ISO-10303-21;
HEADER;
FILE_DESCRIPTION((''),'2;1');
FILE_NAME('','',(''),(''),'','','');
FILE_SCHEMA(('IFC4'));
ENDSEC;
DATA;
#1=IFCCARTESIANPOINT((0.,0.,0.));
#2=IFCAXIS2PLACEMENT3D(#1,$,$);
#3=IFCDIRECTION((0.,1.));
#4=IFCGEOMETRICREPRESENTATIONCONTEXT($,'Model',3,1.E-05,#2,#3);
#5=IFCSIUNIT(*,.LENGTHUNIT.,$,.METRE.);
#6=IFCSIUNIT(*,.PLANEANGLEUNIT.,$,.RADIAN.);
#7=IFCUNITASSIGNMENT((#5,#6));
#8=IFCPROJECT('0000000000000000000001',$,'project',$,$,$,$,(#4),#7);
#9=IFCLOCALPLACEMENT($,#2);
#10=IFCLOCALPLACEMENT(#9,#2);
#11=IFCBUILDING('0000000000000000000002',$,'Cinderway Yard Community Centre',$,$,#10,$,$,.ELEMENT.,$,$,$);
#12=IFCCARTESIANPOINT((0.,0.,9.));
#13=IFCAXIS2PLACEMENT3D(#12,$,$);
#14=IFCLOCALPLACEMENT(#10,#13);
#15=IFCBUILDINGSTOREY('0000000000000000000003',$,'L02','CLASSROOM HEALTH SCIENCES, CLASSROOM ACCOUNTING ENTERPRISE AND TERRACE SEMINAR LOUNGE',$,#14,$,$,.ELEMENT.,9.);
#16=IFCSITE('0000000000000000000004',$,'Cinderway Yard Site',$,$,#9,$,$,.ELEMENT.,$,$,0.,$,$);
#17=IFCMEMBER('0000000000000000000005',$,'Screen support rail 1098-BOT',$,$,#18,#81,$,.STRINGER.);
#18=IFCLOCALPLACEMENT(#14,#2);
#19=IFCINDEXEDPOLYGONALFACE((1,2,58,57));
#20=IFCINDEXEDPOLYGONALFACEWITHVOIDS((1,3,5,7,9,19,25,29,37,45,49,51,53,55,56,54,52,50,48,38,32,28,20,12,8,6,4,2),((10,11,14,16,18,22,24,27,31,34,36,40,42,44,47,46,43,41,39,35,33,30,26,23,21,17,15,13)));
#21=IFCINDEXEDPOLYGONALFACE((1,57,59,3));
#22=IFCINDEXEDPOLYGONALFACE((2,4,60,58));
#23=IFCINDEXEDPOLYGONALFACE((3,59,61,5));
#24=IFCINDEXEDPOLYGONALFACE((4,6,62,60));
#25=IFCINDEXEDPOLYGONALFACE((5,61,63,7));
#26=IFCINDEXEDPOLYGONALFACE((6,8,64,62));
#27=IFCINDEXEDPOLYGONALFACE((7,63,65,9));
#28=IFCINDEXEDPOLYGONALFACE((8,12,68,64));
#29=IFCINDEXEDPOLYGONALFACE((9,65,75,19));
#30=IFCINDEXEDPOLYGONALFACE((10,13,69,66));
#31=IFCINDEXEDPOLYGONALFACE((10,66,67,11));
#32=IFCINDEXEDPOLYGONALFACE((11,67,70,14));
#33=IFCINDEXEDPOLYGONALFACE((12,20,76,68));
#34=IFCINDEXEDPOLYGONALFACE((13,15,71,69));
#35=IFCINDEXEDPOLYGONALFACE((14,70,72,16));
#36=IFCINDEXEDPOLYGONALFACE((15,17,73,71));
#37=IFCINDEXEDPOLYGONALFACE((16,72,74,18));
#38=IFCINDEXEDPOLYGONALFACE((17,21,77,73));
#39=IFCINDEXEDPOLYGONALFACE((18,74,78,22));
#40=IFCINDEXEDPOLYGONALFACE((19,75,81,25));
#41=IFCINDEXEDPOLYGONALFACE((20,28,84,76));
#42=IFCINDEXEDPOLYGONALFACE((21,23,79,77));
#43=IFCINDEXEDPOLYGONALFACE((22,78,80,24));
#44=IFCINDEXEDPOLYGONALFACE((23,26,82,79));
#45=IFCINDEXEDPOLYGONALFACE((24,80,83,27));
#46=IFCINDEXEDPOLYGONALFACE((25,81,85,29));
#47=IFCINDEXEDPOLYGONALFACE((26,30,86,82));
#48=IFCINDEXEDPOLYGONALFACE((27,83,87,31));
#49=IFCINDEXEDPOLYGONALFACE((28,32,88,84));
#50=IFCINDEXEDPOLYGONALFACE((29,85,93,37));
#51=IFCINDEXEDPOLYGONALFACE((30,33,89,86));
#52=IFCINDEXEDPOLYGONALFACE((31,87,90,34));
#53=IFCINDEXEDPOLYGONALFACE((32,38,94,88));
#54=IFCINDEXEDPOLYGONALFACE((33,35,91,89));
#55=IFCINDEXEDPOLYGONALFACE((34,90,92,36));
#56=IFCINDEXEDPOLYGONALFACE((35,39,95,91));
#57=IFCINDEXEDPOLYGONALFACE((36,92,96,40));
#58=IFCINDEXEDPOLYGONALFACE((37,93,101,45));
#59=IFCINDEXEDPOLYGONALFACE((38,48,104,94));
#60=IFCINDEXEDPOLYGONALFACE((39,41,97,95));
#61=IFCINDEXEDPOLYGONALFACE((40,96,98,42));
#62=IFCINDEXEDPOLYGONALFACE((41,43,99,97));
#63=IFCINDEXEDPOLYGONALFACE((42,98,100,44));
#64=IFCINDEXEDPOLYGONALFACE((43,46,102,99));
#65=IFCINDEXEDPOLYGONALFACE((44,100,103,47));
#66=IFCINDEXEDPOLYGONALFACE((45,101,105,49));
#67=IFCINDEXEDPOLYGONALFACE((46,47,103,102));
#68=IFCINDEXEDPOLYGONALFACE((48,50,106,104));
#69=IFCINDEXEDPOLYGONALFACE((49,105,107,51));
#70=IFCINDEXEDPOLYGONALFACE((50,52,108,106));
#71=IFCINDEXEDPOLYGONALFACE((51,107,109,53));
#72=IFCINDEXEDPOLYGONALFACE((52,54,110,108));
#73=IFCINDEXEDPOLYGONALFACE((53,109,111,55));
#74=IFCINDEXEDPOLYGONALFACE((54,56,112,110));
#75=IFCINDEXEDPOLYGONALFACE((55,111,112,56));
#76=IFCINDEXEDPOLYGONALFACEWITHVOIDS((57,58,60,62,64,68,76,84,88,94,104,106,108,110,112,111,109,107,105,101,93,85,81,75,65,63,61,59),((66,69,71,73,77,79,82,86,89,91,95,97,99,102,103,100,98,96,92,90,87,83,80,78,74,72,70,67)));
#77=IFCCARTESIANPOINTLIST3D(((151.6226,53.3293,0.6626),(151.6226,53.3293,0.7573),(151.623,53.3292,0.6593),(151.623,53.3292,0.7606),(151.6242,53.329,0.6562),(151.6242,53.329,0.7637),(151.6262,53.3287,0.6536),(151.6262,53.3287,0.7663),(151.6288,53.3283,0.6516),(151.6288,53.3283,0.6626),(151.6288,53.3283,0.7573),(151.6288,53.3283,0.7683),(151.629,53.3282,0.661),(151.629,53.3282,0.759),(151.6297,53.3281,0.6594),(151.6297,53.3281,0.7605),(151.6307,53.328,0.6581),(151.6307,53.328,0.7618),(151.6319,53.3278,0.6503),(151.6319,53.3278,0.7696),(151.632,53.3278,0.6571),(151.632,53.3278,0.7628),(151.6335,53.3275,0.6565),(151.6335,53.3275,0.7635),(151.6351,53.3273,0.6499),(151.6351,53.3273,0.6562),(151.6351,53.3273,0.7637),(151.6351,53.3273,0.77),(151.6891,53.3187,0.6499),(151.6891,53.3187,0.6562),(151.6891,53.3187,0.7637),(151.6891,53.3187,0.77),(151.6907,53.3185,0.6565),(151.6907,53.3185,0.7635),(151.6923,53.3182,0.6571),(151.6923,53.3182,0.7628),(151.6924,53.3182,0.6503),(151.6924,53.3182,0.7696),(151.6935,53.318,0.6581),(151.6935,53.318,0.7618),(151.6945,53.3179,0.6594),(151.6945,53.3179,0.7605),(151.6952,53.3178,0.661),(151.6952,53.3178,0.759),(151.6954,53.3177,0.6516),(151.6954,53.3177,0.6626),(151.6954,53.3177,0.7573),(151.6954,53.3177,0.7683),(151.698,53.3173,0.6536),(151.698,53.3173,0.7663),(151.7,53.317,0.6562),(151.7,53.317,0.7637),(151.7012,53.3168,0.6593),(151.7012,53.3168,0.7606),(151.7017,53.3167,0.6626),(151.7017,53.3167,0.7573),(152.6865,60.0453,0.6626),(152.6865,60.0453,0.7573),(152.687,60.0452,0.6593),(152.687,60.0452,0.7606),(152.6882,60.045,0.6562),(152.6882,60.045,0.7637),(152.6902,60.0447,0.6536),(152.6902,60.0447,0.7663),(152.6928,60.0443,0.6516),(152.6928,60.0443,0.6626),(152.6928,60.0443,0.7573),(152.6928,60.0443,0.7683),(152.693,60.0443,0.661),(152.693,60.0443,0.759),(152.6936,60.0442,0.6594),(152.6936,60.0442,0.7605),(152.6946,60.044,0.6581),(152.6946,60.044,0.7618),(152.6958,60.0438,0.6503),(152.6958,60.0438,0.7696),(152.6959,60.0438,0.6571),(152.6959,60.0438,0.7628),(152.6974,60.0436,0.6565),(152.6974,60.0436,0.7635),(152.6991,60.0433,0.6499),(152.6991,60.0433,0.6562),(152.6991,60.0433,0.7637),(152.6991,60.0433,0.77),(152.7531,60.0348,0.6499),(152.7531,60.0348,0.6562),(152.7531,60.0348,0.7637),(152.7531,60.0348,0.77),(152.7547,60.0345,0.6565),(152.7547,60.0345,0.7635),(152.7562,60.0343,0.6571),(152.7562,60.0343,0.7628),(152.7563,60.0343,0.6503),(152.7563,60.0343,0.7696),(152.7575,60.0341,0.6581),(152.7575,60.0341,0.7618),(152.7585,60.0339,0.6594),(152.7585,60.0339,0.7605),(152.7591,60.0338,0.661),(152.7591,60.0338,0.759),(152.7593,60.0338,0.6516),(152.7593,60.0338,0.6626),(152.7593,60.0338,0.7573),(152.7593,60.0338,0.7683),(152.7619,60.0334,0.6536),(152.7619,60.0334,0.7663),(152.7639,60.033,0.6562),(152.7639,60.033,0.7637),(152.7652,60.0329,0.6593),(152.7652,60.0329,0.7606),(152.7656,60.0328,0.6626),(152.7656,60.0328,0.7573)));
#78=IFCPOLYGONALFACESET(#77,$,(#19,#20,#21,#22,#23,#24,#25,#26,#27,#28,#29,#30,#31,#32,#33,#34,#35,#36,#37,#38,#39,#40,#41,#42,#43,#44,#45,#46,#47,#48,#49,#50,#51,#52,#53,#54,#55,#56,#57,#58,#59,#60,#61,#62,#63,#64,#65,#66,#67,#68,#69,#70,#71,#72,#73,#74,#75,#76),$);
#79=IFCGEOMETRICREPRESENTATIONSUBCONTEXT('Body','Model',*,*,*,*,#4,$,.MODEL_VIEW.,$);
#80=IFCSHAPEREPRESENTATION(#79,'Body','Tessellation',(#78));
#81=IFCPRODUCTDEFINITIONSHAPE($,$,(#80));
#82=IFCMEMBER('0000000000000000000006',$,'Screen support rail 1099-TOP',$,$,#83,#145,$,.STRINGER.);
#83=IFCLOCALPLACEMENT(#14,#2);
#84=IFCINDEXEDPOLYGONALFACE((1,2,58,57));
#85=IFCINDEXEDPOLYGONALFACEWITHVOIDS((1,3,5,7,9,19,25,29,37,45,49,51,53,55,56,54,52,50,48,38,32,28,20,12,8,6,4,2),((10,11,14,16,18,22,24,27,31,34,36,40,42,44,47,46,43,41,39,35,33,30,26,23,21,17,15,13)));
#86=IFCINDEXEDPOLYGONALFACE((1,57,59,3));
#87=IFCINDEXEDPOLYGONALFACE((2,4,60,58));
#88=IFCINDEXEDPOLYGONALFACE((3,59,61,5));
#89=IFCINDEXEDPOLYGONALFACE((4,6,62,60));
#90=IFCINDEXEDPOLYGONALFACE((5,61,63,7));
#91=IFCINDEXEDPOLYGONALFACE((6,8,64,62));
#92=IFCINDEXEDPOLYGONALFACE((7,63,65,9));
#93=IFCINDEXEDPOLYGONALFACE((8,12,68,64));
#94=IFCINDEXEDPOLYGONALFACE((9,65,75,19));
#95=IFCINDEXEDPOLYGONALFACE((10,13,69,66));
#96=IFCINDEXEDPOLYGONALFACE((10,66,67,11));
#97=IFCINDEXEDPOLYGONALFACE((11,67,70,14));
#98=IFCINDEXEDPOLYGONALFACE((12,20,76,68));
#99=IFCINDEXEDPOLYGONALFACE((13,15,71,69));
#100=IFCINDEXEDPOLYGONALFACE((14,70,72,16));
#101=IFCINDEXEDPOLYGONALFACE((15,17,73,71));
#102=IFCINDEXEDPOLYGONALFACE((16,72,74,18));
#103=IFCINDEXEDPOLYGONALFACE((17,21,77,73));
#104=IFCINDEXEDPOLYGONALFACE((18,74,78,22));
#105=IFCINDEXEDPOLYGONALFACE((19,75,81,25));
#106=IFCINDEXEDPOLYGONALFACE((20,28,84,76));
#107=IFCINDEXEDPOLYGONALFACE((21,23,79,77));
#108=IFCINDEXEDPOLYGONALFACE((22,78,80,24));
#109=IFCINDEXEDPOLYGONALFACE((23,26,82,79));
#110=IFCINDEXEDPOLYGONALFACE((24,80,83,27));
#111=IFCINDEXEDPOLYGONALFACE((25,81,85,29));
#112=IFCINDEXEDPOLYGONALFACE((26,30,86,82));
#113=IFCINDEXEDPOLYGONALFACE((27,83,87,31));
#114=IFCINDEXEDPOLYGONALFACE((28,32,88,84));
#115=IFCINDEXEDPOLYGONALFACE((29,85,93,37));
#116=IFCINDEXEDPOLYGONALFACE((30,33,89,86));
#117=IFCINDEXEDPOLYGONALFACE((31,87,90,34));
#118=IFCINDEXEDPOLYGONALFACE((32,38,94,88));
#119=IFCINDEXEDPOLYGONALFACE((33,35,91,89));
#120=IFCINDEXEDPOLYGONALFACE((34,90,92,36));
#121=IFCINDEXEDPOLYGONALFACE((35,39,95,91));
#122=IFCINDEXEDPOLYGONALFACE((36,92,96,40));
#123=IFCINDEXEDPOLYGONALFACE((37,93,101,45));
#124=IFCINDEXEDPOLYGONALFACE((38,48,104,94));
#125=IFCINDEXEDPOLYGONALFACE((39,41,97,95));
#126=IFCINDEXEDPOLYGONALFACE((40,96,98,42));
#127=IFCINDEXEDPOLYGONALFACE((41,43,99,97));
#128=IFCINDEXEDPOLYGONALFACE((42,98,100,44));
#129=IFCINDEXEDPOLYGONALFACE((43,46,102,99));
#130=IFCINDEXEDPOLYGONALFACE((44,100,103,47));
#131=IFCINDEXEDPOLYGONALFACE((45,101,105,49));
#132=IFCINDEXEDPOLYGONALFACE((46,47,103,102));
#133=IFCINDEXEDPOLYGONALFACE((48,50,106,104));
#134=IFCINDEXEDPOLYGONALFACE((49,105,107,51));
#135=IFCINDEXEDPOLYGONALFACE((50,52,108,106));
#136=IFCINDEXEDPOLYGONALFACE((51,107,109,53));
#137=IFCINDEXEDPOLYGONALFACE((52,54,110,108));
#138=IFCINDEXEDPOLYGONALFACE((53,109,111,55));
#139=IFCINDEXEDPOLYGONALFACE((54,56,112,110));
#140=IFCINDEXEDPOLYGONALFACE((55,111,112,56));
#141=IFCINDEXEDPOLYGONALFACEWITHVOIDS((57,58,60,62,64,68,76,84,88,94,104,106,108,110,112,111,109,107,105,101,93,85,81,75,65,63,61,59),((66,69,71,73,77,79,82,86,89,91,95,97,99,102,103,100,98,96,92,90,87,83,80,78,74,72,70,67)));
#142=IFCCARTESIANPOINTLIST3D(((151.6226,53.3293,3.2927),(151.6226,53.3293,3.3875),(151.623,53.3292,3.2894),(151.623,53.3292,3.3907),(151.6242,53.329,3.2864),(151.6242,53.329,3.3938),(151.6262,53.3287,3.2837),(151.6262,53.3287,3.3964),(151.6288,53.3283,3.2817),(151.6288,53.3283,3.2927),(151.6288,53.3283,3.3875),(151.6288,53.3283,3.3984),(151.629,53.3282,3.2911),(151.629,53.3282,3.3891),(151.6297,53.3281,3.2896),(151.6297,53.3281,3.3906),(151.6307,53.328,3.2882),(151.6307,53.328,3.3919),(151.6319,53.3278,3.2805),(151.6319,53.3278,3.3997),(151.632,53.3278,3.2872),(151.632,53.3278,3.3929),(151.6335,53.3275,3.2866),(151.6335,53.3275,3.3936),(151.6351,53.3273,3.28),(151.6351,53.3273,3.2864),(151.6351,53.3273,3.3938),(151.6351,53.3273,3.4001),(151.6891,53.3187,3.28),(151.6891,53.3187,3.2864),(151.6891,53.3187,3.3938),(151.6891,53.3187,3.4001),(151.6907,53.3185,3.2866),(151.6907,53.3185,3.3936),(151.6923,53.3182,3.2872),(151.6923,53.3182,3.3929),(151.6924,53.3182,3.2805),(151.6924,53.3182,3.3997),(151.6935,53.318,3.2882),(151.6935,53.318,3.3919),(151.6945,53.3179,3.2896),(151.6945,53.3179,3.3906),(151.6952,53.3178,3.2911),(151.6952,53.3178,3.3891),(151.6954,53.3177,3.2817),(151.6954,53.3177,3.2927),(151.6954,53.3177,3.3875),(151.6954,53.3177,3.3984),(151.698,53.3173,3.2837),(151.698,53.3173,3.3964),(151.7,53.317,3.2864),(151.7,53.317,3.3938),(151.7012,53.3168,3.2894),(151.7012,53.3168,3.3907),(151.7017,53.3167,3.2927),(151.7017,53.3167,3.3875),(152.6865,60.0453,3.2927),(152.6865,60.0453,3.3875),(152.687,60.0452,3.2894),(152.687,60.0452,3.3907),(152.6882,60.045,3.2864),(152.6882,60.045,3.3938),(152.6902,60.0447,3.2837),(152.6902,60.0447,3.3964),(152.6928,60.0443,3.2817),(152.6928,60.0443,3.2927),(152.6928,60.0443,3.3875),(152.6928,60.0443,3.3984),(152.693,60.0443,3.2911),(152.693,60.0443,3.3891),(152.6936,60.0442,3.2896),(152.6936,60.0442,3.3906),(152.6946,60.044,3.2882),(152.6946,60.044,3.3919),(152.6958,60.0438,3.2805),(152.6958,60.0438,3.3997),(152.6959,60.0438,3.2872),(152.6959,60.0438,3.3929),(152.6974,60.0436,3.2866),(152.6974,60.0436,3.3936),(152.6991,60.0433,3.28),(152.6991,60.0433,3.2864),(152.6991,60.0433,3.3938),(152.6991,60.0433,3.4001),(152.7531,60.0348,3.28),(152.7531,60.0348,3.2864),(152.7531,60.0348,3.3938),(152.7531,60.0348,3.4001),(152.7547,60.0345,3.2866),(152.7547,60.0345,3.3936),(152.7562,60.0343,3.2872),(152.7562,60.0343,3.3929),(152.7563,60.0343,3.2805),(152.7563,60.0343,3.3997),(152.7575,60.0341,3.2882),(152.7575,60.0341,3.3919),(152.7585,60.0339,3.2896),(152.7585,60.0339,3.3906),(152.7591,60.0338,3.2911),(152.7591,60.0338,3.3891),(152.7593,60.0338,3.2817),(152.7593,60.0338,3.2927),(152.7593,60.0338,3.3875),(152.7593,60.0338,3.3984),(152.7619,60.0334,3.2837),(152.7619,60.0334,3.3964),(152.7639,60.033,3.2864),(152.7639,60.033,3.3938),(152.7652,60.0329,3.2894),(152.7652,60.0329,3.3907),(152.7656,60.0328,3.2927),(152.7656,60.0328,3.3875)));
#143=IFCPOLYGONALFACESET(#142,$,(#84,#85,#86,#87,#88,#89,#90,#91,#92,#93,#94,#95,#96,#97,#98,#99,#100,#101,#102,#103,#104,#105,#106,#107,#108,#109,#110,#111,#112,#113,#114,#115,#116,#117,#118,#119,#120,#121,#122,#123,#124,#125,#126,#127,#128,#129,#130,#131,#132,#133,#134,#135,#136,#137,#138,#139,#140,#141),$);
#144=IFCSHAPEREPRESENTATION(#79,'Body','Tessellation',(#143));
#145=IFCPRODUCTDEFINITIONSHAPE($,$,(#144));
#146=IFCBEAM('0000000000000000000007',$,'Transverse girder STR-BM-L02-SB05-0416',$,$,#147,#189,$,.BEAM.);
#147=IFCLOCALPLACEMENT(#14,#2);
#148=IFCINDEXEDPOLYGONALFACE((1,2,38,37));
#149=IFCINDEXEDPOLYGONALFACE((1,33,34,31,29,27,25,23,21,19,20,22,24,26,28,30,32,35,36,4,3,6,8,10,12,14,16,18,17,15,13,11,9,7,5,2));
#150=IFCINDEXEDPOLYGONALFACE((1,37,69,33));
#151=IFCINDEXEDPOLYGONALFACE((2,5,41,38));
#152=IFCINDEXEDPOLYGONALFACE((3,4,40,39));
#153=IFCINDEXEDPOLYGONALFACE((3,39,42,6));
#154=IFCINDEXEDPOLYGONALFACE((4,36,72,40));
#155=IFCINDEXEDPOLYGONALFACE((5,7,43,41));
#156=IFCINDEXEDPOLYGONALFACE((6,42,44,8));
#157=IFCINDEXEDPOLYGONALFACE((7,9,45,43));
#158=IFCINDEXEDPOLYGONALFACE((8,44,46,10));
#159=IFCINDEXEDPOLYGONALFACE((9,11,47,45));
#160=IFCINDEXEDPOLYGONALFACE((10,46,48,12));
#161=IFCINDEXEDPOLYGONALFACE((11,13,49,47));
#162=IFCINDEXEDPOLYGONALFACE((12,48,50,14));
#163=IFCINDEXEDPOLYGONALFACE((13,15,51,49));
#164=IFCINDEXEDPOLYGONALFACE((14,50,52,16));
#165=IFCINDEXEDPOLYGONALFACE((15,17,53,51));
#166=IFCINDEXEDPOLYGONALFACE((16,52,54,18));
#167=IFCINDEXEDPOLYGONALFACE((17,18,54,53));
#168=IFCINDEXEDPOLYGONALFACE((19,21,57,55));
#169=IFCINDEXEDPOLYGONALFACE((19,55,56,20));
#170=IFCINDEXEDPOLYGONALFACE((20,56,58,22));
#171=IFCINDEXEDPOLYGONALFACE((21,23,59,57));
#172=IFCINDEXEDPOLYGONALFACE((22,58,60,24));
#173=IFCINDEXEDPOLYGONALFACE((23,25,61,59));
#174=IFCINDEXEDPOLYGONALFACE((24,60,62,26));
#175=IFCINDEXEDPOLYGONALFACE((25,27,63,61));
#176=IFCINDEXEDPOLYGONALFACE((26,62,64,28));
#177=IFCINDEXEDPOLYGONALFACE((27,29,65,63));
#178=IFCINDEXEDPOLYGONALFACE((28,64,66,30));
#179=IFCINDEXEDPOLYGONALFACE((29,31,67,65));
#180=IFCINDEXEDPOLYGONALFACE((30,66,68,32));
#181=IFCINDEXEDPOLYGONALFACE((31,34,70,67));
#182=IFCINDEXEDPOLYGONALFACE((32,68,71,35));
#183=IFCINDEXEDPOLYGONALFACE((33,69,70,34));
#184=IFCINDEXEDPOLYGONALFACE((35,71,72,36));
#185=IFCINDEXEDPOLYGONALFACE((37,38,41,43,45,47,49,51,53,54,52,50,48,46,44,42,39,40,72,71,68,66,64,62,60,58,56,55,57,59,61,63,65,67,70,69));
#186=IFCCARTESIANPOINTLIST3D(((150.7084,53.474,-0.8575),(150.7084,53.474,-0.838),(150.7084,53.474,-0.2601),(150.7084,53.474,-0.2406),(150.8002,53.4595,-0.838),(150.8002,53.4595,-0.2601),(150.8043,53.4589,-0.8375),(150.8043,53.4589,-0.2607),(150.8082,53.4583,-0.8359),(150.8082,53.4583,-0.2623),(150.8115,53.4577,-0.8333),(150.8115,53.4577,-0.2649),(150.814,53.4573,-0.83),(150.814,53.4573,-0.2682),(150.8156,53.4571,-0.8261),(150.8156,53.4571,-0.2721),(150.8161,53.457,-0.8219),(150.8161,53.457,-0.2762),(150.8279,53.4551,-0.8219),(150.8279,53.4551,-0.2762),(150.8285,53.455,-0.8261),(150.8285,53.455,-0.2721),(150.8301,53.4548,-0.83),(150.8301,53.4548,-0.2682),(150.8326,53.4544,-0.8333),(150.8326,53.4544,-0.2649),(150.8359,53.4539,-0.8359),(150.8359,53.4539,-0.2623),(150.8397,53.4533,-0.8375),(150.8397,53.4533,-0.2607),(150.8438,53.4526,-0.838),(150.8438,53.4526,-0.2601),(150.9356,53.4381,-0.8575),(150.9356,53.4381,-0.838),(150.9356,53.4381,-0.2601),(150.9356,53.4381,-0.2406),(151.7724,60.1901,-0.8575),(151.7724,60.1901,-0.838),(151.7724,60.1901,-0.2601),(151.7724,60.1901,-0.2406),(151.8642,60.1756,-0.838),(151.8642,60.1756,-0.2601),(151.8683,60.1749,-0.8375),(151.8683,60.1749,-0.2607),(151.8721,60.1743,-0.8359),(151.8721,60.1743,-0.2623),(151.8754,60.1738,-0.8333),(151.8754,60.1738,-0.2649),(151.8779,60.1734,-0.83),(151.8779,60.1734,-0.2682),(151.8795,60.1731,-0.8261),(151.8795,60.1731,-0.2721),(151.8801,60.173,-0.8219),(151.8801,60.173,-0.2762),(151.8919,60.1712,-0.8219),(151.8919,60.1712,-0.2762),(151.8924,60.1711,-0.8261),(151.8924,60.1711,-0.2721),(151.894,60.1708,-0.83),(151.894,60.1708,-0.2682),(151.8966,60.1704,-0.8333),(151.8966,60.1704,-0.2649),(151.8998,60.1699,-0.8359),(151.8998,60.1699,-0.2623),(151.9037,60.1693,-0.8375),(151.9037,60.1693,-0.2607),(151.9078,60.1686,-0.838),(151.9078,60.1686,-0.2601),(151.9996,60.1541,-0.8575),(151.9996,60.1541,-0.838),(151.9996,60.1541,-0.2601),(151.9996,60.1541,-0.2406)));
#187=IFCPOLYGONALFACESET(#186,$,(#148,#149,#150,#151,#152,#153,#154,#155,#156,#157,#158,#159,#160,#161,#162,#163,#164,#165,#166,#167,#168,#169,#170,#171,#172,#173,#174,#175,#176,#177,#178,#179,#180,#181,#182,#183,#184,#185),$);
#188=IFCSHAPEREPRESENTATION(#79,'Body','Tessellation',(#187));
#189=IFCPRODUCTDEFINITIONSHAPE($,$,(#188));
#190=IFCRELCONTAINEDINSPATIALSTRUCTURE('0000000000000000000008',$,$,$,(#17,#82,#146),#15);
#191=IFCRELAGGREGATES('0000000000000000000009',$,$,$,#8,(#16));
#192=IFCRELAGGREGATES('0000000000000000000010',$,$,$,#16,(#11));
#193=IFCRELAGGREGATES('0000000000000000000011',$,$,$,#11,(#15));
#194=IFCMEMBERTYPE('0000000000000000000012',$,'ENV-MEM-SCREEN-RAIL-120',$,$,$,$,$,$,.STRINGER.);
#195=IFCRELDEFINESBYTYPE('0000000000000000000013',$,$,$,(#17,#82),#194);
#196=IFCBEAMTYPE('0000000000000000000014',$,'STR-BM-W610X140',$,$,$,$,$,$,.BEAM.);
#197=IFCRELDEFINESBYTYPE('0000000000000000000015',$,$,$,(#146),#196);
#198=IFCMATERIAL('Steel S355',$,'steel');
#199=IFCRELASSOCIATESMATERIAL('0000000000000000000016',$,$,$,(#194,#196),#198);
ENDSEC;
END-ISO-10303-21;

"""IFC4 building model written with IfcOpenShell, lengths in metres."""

from ifc_helpers import new_model, si_unit, direction, frame, origin, origin_2d, place, context, subcontext, project, spatial, hollow_rectangle, i_section, extrude, material, material_profile, profile_set, type_object, element, save


model = new_model("IFC4")

# Units and contexts
model_context = context("Model", 3, precision=1e-05, world=origin(), true_north=direction((0.0, 1.0)))
body_context = subcontext(model_context, "Body", "Model", "MODEL_VIEW")
ifc_project = project(units=[si_unit("LENGTHUNIT", "METRE"), si_unit("PLANEANGLEUNIT", "RADIAN")], contexts=[model_context])

# Site, building, storey
site_placement = place(None, origin())
site = spatial("IfcSite", under=ifc_project, at=site_placement, Name="Cinderway Yard Site", CompositionType="ELEMENT", RefElevation=0.0)
building_placement = place(site_placement, origin())
building = spatial("IfcBuilding", under=site, at=building_placement, Name="Cinderway Yard Community Centre", CompositionType="ELEMENT")
storey_placement = place(building_placement, frame((0.0, 0.0, 9.0)))
storey = spatial("IfcBuildingStorey", under=building, at=storey_placement, Name="L02", Description="CLASSROOM HEALTH SCIENCES, CLASSROOM ACCOUNTING ENTERPRISE AND TERRACE SEMINAR LOUNGE", CompositionType="ELEMENT", Elevation=9.0)

# Members
ifc_material_1 = material(Name="Steel S355", Category="steel")
ifc_material_profile_1 = material_profile(ifc_material_1, hollow_rectangle(XDim=0.0801, YDim=0.1201, WallThickness=0.0063, InnerFilletRadius=0.0063, OuterFilletRadius=0.0127, at=origin_2d()), Name="Steel S355")
ifc_profile_set_1 = profile_set([ifc_material_profile_1], Name="Steel S355")
member_type_1 = type_object("IfcMemberType", Name="ENV-MEM-SCREEN-RAIL-120", PredefinedType="STRINGER", material=ifc_profile_set_1)
for number, where, z_axis, x_axis, name in (
    (1, (151.6621, 53.323, 0.71), (0.15647, 0.987683, 0.0), (-0.987683, 0.15647, 0.0), "Screen support rail 1098-BOT"),
    (2, (151.6621, 53.323, 3.3401), (0.15647, 0.987683, 0.0), (-0.987683, 0.15647, 0.0), "Screen support rail 1099-TOP"),
):
    element("IfcMember", number, at=place(storey_placement, frame(where, z_axis=z_axis, x_axis=x_axis)), inside=storey, type_object=member_type_1, Name=name, PredefinedType="STRINGER", context=body_context, shape_type="SweptSolid", body=[
        extrude(hollow_rectangle(XDim=0.0801, YDim=0.1201, WallThickness=0.0063, InnerFilletRadius=0.0063, OuterFilletRadius=0.0127, at=origin_2d()), origin(), (0.0, 0.0, 1.0), 6.7998),
    ])

# Beam
ifc_material_profile_2 = material_profile(ifc_material_1, i_section(OverallWidth=0.23, OverallDepth=0.6169, WebThickness=0.012, FlangeThickness=0.0195, FilletRadius=0.0161, at=origin_2d()), Name="Steel S355")
ifc_profile_set_2 = profile_set([ifc_material_profile_2], Name="Steel S355")
beam_type = type_object("IfcBeamType", Name="STR-BM-W610X140", PredefinedType="BEAM", material=ifc_profile_set_2)
beam_placement = place(storey_placement, frame((150.822, 53.4561, -0.5491), z_axis=(0.15647, 0.987683, 0.0), x_axis=(-0.987683, 0.15647, 0.0)))
element("IfcBeam", 3, at=beam_placement, inside=storey, type_object=beam_type, Name="Transverse girder STR-BM-L02-SB05-0416", PredefinedType="BEAM", context=body_context, shape_type="SweptSolid", body=[
    extrude(i_section(OverallWidth=0.23, OverallDepth=0.6169, WebThickness=0.012, FlangeThickness=0.0195, FilletRadius=0.0161, at=origin_2d()), origin(), (0.0, 0.0, 1.0), 6.7998),
])

save(model, "model.ifc")
